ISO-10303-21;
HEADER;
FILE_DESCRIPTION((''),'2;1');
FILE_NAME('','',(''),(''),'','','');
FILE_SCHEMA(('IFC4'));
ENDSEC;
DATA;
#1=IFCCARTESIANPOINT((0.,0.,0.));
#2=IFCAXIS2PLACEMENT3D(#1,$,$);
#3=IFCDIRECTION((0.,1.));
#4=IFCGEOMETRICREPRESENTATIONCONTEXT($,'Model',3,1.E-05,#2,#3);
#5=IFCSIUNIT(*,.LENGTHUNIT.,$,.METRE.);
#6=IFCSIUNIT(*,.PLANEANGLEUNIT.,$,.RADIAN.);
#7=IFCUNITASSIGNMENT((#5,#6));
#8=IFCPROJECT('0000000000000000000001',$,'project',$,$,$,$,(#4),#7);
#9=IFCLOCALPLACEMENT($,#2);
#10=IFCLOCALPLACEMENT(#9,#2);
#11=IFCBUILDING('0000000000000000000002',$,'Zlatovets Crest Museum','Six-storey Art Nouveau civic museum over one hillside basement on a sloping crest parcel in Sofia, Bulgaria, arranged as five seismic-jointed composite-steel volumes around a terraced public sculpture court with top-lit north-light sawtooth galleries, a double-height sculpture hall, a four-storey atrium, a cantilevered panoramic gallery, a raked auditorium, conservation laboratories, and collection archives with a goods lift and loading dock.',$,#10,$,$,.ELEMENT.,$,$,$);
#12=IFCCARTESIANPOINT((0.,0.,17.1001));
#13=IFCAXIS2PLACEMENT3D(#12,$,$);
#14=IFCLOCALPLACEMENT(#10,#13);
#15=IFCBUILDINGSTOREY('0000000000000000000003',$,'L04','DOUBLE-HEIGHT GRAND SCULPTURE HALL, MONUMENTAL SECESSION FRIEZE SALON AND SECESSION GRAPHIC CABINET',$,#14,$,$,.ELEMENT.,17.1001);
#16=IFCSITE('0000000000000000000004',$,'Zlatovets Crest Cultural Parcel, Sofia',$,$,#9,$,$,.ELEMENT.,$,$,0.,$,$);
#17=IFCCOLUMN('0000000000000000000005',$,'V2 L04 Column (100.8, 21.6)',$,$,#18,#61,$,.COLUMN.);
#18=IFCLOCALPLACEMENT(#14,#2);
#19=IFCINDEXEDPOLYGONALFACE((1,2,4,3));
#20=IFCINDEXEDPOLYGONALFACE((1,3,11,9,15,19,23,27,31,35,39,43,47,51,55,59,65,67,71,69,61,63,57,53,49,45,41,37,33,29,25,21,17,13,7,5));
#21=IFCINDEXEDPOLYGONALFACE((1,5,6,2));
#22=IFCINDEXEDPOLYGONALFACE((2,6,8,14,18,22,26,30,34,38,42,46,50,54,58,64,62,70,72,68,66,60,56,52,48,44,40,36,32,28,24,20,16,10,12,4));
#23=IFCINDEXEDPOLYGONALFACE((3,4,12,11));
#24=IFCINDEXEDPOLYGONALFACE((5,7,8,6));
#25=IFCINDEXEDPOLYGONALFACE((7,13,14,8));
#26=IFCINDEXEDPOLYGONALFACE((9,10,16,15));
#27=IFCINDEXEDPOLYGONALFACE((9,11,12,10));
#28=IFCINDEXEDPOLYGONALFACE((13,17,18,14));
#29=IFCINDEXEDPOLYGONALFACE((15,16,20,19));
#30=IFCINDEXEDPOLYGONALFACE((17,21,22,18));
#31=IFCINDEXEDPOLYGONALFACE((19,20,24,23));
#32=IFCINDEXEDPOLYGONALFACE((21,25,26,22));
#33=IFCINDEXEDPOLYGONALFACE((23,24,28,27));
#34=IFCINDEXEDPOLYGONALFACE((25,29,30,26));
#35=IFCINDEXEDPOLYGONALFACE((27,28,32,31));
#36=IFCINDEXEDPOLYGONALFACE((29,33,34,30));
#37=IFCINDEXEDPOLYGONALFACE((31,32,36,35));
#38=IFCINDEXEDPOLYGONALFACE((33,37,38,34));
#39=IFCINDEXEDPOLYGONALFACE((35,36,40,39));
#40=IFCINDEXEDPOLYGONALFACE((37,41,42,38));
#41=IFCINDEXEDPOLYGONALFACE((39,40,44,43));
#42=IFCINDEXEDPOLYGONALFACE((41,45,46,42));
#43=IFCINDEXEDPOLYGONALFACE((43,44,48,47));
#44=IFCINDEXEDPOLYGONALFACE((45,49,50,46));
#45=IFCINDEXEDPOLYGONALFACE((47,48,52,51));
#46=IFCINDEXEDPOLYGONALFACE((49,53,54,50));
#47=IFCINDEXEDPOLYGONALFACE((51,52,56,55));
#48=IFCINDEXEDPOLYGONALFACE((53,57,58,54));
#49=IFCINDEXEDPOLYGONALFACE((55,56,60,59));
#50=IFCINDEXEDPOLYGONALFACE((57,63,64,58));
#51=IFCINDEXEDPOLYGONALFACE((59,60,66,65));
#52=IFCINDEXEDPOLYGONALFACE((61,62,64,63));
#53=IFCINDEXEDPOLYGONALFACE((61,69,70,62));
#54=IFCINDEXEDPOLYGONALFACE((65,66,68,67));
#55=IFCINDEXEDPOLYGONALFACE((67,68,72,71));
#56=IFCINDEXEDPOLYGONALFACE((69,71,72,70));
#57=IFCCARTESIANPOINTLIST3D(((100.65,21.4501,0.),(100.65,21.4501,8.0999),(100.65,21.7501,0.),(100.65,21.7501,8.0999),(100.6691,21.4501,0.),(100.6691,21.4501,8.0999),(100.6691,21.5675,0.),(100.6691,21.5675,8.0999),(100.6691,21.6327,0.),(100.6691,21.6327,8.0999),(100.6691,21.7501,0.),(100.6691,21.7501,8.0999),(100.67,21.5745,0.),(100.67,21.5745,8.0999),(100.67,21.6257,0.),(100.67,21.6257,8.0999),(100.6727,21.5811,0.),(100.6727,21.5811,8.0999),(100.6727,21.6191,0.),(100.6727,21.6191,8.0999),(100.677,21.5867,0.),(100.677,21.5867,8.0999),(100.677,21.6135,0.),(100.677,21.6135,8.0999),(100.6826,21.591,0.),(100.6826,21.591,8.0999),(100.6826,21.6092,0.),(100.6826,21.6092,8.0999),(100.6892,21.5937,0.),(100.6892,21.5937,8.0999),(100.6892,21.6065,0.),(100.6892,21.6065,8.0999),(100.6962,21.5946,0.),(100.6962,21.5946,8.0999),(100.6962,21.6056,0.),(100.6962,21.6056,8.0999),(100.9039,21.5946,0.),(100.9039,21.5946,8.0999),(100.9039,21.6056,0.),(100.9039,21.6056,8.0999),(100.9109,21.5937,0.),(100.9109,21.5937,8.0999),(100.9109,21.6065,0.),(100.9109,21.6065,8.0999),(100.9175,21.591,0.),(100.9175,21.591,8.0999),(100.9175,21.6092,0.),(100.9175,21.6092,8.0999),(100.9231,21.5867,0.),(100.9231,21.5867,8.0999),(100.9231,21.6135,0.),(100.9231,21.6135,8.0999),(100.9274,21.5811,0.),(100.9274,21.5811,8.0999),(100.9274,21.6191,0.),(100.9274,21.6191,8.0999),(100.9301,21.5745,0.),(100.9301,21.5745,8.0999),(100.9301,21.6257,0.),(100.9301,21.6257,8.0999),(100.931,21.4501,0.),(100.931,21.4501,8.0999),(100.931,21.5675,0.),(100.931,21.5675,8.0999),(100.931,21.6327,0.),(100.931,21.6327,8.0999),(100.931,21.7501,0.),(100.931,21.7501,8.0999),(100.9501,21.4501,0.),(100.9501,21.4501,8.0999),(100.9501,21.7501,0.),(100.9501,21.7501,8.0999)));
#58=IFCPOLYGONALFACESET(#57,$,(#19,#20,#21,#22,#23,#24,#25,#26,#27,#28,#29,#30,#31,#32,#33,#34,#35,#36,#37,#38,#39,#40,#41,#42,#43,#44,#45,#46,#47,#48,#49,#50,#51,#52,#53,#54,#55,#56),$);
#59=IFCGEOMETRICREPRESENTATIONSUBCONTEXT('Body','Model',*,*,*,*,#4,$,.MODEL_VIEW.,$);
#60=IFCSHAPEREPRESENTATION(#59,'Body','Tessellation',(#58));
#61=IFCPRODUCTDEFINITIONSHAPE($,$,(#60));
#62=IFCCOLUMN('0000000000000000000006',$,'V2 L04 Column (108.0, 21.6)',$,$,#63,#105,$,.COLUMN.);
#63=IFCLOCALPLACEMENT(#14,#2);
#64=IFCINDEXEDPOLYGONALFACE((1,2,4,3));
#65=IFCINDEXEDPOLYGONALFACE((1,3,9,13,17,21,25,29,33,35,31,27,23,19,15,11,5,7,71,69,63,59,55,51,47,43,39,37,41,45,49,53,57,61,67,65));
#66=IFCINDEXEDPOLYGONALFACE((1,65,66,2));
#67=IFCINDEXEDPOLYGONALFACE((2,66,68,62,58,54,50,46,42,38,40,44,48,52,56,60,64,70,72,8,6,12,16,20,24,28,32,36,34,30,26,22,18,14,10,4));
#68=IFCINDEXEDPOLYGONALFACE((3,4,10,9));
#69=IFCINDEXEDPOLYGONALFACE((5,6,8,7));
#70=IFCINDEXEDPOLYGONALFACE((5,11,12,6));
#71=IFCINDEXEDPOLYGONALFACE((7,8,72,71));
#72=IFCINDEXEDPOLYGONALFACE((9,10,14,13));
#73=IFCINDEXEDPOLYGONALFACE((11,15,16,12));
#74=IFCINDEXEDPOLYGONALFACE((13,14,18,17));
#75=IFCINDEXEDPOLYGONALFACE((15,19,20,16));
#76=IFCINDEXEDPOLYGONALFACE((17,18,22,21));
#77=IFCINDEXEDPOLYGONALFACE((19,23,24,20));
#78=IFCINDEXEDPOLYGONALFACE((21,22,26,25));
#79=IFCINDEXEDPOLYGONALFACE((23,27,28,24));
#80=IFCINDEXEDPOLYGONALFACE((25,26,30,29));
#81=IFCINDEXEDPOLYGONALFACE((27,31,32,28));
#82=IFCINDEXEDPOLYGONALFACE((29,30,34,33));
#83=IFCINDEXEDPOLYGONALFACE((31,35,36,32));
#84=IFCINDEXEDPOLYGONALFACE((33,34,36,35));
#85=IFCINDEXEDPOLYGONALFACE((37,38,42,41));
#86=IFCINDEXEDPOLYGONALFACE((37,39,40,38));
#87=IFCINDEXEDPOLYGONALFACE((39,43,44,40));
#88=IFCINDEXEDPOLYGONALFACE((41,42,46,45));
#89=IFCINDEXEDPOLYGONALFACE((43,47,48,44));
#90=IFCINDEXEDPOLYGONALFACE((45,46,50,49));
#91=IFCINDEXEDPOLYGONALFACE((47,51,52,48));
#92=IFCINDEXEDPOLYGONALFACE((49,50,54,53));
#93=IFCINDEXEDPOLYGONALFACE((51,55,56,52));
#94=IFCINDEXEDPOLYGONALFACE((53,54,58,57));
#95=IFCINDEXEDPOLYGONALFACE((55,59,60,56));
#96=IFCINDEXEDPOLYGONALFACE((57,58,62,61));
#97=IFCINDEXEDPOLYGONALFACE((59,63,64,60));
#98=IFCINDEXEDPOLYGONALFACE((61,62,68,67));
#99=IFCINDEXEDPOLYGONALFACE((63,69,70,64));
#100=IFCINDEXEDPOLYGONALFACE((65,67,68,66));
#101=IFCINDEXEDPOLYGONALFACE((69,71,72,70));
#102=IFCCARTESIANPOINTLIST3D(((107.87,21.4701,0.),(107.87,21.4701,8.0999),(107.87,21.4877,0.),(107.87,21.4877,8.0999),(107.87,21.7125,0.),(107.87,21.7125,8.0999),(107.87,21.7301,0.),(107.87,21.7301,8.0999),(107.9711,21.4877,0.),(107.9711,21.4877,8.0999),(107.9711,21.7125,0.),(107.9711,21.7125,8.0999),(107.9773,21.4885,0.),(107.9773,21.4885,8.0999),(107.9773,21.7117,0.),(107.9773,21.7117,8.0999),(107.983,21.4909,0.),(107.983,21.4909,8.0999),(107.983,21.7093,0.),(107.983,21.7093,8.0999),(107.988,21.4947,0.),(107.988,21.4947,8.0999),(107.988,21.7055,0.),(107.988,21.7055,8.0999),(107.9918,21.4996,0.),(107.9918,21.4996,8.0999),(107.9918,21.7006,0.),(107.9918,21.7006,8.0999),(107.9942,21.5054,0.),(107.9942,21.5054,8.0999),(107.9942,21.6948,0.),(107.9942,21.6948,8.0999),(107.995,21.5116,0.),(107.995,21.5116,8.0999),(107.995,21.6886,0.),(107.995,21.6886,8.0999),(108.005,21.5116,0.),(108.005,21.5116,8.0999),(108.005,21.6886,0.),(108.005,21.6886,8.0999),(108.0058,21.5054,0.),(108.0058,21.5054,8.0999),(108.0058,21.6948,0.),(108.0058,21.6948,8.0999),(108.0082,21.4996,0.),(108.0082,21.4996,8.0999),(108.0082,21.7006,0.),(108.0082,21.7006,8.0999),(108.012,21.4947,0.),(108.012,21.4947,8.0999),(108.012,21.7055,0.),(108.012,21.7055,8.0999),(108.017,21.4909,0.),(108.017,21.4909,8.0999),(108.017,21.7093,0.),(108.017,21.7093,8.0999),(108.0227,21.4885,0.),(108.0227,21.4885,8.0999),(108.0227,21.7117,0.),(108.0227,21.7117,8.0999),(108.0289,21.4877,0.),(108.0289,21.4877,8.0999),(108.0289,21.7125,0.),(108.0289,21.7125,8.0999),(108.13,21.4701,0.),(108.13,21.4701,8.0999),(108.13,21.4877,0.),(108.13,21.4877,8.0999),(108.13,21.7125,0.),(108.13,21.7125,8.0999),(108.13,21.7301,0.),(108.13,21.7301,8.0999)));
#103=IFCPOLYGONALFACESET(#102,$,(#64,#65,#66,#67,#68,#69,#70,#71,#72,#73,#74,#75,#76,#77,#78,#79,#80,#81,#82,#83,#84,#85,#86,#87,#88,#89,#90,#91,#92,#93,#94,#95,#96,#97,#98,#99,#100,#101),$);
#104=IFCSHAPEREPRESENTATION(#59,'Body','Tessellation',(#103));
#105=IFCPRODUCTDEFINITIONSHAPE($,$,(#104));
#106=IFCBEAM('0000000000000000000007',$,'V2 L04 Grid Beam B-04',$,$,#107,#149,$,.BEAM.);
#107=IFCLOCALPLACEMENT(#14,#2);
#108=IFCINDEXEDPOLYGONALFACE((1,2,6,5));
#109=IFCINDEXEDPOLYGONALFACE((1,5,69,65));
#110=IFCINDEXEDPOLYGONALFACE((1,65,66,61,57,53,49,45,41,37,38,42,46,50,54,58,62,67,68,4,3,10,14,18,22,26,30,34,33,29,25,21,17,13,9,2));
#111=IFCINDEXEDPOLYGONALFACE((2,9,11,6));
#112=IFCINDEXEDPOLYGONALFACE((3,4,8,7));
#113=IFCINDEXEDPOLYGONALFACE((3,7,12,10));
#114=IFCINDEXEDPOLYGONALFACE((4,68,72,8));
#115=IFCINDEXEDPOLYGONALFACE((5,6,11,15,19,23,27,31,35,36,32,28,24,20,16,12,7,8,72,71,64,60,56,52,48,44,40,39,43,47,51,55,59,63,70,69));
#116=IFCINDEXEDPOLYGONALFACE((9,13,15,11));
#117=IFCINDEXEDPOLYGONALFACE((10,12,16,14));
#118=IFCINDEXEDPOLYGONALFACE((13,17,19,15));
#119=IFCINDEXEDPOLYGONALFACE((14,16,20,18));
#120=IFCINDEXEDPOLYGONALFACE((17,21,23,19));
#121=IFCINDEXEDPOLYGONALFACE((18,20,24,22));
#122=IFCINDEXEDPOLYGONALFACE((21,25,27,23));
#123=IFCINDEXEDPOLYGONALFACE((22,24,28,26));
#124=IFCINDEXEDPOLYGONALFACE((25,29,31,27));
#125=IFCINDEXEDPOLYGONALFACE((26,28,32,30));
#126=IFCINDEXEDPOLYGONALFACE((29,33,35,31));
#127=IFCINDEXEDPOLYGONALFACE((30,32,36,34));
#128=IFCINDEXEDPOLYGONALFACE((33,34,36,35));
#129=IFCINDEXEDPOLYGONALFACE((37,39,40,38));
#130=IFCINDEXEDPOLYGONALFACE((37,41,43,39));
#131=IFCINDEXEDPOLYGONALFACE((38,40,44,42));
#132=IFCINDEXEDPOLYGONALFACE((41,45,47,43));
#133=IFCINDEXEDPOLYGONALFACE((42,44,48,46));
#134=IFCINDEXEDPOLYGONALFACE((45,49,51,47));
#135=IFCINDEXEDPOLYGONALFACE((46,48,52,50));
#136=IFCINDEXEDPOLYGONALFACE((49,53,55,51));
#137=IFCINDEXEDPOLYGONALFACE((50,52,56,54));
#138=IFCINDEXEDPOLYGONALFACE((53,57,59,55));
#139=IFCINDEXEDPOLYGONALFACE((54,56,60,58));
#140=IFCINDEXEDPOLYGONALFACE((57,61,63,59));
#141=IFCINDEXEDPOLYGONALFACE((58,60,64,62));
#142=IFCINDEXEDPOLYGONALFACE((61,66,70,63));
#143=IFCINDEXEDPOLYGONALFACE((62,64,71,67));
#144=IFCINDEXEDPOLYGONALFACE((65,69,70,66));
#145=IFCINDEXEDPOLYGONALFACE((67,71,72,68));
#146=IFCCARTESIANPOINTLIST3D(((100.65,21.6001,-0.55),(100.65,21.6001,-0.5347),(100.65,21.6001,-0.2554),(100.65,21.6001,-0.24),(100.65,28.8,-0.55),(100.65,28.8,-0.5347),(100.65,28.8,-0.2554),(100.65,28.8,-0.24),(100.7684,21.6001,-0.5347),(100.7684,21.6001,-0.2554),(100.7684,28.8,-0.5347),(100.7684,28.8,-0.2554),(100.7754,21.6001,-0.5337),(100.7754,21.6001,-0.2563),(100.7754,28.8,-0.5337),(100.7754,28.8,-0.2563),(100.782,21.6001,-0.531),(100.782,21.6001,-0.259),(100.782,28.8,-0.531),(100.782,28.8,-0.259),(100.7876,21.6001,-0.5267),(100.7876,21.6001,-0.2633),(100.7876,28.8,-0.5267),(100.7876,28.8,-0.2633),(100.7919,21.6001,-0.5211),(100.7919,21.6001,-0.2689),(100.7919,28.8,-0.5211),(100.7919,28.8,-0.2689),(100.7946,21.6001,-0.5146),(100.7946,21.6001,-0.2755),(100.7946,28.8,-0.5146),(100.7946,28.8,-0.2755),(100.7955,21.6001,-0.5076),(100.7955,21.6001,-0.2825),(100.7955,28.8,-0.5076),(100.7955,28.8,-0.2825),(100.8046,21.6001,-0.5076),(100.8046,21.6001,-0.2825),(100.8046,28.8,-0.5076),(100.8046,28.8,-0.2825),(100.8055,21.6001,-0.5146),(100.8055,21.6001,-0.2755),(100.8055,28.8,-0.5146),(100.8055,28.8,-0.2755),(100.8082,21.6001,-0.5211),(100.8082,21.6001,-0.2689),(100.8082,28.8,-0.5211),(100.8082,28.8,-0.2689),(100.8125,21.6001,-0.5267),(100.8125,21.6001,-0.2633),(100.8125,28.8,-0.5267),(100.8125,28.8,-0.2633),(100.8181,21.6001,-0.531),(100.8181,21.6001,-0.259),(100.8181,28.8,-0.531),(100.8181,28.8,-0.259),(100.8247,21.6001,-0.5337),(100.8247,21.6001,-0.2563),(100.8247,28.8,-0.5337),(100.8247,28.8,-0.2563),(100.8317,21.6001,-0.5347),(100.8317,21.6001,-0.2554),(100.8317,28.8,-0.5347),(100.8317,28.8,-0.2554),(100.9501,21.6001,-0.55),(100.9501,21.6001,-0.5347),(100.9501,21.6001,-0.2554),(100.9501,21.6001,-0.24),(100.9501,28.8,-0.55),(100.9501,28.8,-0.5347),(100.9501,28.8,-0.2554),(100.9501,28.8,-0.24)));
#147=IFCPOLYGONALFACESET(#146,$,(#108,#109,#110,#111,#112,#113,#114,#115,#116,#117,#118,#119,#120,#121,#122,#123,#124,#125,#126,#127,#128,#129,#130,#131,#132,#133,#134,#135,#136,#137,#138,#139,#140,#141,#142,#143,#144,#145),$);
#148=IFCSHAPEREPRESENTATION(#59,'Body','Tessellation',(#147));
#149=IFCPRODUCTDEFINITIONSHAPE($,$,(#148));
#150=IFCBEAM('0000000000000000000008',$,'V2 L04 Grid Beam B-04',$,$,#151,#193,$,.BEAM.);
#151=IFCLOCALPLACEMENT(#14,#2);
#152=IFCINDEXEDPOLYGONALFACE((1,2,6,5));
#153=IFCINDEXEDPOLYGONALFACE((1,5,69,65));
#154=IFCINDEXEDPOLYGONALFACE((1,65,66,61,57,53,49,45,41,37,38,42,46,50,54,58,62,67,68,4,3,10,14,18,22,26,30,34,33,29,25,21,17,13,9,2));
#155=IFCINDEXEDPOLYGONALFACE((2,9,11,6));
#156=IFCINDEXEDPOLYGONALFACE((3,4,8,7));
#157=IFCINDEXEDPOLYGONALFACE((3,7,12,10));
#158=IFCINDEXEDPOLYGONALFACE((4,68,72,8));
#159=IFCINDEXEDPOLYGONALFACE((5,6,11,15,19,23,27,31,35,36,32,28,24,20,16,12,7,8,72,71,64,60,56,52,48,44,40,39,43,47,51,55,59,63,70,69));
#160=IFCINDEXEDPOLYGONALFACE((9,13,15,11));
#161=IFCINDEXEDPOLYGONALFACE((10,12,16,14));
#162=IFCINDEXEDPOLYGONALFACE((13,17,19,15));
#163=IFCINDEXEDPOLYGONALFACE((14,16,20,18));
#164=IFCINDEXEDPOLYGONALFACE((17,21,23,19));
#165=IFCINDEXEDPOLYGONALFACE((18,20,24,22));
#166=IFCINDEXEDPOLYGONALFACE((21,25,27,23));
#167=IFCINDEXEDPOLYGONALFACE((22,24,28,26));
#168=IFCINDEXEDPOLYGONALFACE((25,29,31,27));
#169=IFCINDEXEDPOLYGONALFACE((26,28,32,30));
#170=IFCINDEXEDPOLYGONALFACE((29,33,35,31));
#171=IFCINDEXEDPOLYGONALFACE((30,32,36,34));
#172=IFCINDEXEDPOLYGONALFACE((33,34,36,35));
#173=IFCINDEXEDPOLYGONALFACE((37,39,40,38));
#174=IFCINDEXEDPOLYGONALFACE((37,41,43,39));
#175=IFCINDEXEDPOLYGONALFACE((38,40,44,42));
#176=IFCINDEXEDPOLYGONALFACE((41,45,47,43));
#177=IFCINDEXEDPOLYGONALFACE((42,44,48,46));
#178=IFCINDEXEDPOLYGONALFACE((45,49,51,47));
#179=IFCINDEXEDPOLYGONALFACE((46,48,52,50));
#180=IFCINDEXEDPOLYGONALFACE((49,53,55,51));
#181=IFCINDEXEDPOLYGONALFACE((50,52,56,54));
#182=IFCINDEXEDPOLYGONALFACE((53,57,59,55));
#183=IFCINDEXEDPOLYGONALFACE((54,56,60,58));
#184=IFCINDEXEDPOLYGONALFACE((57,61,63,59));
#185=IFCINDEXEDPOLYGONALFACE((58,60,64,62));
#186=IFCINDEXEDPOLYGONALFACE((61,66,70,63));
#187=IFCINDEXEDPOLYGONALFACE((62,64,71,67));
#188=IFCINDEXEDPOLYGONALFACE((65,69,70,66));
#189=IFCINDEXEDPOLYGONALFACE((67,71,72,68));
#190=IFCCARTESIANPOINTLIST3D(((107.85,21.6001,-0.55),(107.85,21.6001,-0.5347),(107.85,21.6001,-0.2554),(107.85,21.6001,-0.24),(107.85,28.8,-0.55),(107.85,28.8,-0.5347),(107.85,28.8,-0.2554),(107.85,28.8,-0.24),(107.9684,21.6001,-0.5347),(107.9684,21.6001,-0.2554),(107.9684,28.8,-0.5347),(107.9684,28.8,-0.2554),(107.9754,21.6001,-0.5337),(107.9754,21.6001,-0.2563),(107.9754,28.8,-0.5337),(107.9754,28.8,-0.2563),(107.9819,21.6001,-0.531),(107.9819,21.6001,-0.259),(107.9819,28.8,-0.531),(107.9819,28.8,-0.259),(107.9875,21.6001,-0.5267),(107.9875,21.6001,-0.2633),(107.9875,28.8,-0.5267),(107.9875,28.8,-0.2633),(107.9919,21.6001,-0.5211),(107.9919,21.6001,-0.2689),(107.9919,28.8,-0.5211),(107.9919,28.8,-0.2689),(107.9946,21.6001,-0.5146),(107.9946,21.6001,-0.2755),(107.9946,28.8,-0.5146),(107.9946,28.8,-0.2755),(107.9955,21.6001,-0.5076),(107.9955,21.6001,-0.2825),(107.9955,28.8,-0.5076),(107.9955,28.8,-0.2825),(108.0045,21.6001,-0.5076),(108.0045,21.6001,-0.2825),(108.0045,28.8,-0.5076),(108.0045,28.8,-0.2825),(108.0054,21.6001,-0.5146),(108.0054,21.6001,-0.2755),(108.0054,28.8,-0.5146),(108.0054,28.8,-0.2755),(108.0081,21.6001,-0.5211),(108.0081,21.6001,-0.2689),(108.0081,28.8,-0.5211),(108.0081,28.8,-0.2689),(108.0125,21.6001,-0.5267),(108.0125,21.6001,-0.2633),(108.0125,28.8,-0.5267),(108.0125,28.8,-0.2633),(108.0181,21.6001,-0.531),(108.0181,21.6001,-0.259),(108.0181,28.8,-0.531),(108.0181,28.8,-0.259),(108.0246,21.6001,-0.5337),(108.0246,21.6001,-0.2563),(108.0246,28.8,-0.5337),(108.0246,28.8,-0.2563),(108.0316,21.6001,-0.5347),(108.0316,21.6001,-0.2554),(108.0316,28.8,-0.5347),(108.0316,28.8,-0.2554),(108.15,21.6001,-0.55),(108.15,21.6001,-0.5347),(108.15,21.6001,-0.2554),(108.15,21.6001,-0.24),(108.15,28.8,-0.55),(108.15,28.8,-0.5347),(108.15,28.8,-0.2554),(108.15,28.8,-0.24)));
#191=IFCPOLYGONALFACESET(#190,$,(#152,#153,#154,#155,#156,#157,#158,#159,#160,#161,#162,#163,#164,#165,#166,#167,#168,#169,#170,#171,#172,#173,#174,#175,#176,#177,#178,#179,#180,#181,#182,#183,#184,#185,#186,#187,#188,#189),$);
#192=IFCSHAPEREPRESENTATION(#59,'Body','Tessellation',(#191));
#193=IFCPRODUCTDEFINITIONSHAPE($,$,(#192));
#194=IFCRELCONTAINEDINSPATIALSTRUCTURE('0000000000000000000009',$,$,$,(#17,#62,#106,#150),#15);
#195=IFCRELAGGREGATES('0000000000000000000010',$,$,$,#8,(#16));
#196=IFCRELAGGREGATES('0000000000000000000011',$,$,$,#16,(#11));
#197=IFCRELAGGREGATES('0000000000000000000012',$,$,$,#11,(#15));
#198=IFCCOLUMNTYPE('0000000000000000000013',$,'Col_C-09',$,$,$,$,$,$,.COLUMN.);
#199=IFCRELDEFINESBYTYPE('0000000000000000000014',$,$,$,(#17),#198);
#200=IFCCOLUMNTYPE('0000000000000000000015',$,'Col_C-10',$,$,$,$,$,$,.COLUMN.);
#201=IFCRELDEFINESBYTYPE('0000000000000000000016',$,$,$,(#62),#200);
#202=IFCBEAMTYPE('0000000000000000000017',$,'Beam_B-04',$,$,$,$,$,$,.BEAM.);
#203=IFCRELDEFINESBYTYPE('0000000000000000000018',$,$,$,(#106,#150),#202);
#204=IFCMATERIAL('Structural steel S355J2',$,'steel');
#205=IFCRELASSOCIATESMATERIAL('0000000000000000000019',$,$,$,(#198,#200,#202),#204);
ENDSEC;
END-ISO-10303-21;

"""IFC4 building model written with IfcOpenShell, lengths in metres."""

from ifc_helpers import new_model, si_unit, direction, frame, origin, origin_2d, place, context, subcontext, project, spatial, i_section, extrude, material, material_profile, profile_set, type_object, element, save


model = new_model("IFC4")

# Units and contexts
model_context = context("Model", 3, precision=1e-05, world=origin(), true_north=direction((0.0, 1.0)))
body_context = subcontext(model_context, "Body", "Model", "MODEL_VIEW")
ifc_project = project(units=[si_unit("LENGTHUNIT", "METRE"), si_unit("PLANEANGLEUNIT", "RADIAN")], contexts=[model_context])

# Site, building, storey
site_placement = place(None, origin())
site = spatial("IfcSite", under=ifc_project, at=site_placement, Name="Zlatovets Crest Cultural Parcel, Sofia", CompositionType="ELEMENT", RefElevation=0.0)
building_placement = place(site_placement, origin())
building = spatial("IfcBuilding", under=site, at=building_placement, Name="Zlatovets Crest Museum", Description="Six-storey Art Nouveau civic museum over one hillside basement on a sloping crest parcel in Sofia, Bulgaria, arranged as five seismic-jointed composite-steel volumes around a terraced public sculpture court with top-lit north-light sawtooth galleries, a double-height sculpture hall, a four-storey atrium, a cantilevered panoramic gallery, a raked auditorium, conservation laboratories, and collection archives with a goods lift and loading dock.", CompositionType="ELEMENT")
storey_placement = place(building_placement, frame((0.0, 0.0, 17.1001)))
storey = spatial("IfcBuildingStorey", under=building, at=storey_placement, Name="L04", Description="DOUBLE-HEIGHT GRAND SCULPTURE HALL, MONUMENTAL SECESSION FRIEZE SALON AND SECESSION GRAPHIC CABINET", CompositionType="ELEMENT", Elevation=17.1001)

# Columns
ifc_material_1 = material(Name="Structural steel S355J2", Category="steel")
ifc_material_profile_1 = material_profile(ifc_material_1, i_section(OverallWidth=0.3, OverallDepth=0.3, WebThickness=0.011, FlangeThickness=0.019, FilletRadius=0.0271, at=origin_2d()), Name="HEB 300")
ifc_profile_set_1 = profile_set([ifc_material_profile_1], Name="Structural steel S355J2")
column_type_1 = type_object("IfcColumnType", Name="Col_C-09", PredefinedType="COLUMN", material=ifc_profile_set_1)
column_1_placement = place(storey_placement, frame((100.8, 21.6001, 0.0), z_axis=(0.0, 0.0, 1.0), x_axis=(0.0, 1.0, 0.0)))
element("IfcColumn", 1, at=column_1_placement, inside=storey, type_object=column_type_1, Name="V2 L04 Column (100.8, 21.6)", PredefinedType="COLUMN", context=body_context, shape_type="SweptSolid", body=[
    extrude(i_section(OverallWidth=0.3, OverallDepth=0.3, WebThickness=0.011, FlangeThickness=0.019, FilletRadius=0.0271, at=origin_2d()), origin(), (0.0, 0.0, 1.0), 8.0999),
])
ifc_material_profile_2 = material_profile(ifc_material_1, i_section(OverallWidth=0.26, OverallDepth=0.26, WebThickness=0.01, FlangeThickness=0.0176, FilletRadius=0.0239, at=origin_2d()), Name="HEB 260")
ifc_profile_set_2 = profile_set([ifc_material_profile_2], Name="Structural steel S355J2")
column_type_2 = type_object("IfcColumnType", Name="Col_C-10", PredefinedType="COLUMN", material=ifc_profile_set_2)
column_2_placement = place(storey_placement, frame((108.0, 21.6001, 0.0), z_axis=(0.0, 0.0, 1.0), x_axis=(1.0, 0.0, 0.0)))
element("IfcColumn", 2, at=column_2_placement, inside=storey, type_object=column_type_2, Name="V2 L04 Column (108.0, 21.6)", PredefinedType="COLUMN", context=body_context, shape_type="SweptSolid", body=[
    extrude(i_section(OverallWidth=0.26, OverallDepth=0.26, WebThickness=0.01, FlangeThickness=0.0176, FilletRadius=0.0239, at=origin_2d()), origin(), (0.0, 0.0, 1.0), 8.0999),
])

# Beams
ifc_material_profile_3 = material_profile(ifc_material_1, i_section(OverallWidth=0.3, OverallDepth=0.3101, WebThickness=0.009, FlangeThickness=0.0154, FilletRadius=0.0271, at=origin_2d()), Name="HEA 320")
ifc_profile_set_3 = profile_set([ifc_material_profile_3], Name="Structural steel S355J2")
beam_type_1 = type_object("IfcBeamType", Name="Beam_B-04", PredefinedType="BEAM", material=ifc_profile_set_3)
for number, where, z_axis, x_axis, name in (
    (3, (100.8, 21.6001, -0.395), (0.0, 1.0, 0.0), (-1.0, 0.0, 0.0), "V2 L04 Grid Beam B-04"),
    (4, (108.0, 21.6001, -0.395), (0.0, 1.0, 0.0), (-1.0, 0.0, 0.0), "V2 L04 Grid Beam B-04"),
):
    element("IfcBeam", number, at=place(storey_placement, frame(where, z_axis=z_axis, x_axis=x_axis)), inside=storey, type_object=beam_type_1, Name=name, PredefinedType="BEAM", context=body_context, shape_type="SweptSolid", body=[
        extrude(i_section(OverallWidth=0.3, OverallDepth=0.3101, WebThickness=0.009, FlangeThickness=0.0154, FilletRadius=0.0271, at=origin_2d()), origin(), (0.0, 0.0, 1.0), 7.2),
    ])

save(model, "model.ifc")
